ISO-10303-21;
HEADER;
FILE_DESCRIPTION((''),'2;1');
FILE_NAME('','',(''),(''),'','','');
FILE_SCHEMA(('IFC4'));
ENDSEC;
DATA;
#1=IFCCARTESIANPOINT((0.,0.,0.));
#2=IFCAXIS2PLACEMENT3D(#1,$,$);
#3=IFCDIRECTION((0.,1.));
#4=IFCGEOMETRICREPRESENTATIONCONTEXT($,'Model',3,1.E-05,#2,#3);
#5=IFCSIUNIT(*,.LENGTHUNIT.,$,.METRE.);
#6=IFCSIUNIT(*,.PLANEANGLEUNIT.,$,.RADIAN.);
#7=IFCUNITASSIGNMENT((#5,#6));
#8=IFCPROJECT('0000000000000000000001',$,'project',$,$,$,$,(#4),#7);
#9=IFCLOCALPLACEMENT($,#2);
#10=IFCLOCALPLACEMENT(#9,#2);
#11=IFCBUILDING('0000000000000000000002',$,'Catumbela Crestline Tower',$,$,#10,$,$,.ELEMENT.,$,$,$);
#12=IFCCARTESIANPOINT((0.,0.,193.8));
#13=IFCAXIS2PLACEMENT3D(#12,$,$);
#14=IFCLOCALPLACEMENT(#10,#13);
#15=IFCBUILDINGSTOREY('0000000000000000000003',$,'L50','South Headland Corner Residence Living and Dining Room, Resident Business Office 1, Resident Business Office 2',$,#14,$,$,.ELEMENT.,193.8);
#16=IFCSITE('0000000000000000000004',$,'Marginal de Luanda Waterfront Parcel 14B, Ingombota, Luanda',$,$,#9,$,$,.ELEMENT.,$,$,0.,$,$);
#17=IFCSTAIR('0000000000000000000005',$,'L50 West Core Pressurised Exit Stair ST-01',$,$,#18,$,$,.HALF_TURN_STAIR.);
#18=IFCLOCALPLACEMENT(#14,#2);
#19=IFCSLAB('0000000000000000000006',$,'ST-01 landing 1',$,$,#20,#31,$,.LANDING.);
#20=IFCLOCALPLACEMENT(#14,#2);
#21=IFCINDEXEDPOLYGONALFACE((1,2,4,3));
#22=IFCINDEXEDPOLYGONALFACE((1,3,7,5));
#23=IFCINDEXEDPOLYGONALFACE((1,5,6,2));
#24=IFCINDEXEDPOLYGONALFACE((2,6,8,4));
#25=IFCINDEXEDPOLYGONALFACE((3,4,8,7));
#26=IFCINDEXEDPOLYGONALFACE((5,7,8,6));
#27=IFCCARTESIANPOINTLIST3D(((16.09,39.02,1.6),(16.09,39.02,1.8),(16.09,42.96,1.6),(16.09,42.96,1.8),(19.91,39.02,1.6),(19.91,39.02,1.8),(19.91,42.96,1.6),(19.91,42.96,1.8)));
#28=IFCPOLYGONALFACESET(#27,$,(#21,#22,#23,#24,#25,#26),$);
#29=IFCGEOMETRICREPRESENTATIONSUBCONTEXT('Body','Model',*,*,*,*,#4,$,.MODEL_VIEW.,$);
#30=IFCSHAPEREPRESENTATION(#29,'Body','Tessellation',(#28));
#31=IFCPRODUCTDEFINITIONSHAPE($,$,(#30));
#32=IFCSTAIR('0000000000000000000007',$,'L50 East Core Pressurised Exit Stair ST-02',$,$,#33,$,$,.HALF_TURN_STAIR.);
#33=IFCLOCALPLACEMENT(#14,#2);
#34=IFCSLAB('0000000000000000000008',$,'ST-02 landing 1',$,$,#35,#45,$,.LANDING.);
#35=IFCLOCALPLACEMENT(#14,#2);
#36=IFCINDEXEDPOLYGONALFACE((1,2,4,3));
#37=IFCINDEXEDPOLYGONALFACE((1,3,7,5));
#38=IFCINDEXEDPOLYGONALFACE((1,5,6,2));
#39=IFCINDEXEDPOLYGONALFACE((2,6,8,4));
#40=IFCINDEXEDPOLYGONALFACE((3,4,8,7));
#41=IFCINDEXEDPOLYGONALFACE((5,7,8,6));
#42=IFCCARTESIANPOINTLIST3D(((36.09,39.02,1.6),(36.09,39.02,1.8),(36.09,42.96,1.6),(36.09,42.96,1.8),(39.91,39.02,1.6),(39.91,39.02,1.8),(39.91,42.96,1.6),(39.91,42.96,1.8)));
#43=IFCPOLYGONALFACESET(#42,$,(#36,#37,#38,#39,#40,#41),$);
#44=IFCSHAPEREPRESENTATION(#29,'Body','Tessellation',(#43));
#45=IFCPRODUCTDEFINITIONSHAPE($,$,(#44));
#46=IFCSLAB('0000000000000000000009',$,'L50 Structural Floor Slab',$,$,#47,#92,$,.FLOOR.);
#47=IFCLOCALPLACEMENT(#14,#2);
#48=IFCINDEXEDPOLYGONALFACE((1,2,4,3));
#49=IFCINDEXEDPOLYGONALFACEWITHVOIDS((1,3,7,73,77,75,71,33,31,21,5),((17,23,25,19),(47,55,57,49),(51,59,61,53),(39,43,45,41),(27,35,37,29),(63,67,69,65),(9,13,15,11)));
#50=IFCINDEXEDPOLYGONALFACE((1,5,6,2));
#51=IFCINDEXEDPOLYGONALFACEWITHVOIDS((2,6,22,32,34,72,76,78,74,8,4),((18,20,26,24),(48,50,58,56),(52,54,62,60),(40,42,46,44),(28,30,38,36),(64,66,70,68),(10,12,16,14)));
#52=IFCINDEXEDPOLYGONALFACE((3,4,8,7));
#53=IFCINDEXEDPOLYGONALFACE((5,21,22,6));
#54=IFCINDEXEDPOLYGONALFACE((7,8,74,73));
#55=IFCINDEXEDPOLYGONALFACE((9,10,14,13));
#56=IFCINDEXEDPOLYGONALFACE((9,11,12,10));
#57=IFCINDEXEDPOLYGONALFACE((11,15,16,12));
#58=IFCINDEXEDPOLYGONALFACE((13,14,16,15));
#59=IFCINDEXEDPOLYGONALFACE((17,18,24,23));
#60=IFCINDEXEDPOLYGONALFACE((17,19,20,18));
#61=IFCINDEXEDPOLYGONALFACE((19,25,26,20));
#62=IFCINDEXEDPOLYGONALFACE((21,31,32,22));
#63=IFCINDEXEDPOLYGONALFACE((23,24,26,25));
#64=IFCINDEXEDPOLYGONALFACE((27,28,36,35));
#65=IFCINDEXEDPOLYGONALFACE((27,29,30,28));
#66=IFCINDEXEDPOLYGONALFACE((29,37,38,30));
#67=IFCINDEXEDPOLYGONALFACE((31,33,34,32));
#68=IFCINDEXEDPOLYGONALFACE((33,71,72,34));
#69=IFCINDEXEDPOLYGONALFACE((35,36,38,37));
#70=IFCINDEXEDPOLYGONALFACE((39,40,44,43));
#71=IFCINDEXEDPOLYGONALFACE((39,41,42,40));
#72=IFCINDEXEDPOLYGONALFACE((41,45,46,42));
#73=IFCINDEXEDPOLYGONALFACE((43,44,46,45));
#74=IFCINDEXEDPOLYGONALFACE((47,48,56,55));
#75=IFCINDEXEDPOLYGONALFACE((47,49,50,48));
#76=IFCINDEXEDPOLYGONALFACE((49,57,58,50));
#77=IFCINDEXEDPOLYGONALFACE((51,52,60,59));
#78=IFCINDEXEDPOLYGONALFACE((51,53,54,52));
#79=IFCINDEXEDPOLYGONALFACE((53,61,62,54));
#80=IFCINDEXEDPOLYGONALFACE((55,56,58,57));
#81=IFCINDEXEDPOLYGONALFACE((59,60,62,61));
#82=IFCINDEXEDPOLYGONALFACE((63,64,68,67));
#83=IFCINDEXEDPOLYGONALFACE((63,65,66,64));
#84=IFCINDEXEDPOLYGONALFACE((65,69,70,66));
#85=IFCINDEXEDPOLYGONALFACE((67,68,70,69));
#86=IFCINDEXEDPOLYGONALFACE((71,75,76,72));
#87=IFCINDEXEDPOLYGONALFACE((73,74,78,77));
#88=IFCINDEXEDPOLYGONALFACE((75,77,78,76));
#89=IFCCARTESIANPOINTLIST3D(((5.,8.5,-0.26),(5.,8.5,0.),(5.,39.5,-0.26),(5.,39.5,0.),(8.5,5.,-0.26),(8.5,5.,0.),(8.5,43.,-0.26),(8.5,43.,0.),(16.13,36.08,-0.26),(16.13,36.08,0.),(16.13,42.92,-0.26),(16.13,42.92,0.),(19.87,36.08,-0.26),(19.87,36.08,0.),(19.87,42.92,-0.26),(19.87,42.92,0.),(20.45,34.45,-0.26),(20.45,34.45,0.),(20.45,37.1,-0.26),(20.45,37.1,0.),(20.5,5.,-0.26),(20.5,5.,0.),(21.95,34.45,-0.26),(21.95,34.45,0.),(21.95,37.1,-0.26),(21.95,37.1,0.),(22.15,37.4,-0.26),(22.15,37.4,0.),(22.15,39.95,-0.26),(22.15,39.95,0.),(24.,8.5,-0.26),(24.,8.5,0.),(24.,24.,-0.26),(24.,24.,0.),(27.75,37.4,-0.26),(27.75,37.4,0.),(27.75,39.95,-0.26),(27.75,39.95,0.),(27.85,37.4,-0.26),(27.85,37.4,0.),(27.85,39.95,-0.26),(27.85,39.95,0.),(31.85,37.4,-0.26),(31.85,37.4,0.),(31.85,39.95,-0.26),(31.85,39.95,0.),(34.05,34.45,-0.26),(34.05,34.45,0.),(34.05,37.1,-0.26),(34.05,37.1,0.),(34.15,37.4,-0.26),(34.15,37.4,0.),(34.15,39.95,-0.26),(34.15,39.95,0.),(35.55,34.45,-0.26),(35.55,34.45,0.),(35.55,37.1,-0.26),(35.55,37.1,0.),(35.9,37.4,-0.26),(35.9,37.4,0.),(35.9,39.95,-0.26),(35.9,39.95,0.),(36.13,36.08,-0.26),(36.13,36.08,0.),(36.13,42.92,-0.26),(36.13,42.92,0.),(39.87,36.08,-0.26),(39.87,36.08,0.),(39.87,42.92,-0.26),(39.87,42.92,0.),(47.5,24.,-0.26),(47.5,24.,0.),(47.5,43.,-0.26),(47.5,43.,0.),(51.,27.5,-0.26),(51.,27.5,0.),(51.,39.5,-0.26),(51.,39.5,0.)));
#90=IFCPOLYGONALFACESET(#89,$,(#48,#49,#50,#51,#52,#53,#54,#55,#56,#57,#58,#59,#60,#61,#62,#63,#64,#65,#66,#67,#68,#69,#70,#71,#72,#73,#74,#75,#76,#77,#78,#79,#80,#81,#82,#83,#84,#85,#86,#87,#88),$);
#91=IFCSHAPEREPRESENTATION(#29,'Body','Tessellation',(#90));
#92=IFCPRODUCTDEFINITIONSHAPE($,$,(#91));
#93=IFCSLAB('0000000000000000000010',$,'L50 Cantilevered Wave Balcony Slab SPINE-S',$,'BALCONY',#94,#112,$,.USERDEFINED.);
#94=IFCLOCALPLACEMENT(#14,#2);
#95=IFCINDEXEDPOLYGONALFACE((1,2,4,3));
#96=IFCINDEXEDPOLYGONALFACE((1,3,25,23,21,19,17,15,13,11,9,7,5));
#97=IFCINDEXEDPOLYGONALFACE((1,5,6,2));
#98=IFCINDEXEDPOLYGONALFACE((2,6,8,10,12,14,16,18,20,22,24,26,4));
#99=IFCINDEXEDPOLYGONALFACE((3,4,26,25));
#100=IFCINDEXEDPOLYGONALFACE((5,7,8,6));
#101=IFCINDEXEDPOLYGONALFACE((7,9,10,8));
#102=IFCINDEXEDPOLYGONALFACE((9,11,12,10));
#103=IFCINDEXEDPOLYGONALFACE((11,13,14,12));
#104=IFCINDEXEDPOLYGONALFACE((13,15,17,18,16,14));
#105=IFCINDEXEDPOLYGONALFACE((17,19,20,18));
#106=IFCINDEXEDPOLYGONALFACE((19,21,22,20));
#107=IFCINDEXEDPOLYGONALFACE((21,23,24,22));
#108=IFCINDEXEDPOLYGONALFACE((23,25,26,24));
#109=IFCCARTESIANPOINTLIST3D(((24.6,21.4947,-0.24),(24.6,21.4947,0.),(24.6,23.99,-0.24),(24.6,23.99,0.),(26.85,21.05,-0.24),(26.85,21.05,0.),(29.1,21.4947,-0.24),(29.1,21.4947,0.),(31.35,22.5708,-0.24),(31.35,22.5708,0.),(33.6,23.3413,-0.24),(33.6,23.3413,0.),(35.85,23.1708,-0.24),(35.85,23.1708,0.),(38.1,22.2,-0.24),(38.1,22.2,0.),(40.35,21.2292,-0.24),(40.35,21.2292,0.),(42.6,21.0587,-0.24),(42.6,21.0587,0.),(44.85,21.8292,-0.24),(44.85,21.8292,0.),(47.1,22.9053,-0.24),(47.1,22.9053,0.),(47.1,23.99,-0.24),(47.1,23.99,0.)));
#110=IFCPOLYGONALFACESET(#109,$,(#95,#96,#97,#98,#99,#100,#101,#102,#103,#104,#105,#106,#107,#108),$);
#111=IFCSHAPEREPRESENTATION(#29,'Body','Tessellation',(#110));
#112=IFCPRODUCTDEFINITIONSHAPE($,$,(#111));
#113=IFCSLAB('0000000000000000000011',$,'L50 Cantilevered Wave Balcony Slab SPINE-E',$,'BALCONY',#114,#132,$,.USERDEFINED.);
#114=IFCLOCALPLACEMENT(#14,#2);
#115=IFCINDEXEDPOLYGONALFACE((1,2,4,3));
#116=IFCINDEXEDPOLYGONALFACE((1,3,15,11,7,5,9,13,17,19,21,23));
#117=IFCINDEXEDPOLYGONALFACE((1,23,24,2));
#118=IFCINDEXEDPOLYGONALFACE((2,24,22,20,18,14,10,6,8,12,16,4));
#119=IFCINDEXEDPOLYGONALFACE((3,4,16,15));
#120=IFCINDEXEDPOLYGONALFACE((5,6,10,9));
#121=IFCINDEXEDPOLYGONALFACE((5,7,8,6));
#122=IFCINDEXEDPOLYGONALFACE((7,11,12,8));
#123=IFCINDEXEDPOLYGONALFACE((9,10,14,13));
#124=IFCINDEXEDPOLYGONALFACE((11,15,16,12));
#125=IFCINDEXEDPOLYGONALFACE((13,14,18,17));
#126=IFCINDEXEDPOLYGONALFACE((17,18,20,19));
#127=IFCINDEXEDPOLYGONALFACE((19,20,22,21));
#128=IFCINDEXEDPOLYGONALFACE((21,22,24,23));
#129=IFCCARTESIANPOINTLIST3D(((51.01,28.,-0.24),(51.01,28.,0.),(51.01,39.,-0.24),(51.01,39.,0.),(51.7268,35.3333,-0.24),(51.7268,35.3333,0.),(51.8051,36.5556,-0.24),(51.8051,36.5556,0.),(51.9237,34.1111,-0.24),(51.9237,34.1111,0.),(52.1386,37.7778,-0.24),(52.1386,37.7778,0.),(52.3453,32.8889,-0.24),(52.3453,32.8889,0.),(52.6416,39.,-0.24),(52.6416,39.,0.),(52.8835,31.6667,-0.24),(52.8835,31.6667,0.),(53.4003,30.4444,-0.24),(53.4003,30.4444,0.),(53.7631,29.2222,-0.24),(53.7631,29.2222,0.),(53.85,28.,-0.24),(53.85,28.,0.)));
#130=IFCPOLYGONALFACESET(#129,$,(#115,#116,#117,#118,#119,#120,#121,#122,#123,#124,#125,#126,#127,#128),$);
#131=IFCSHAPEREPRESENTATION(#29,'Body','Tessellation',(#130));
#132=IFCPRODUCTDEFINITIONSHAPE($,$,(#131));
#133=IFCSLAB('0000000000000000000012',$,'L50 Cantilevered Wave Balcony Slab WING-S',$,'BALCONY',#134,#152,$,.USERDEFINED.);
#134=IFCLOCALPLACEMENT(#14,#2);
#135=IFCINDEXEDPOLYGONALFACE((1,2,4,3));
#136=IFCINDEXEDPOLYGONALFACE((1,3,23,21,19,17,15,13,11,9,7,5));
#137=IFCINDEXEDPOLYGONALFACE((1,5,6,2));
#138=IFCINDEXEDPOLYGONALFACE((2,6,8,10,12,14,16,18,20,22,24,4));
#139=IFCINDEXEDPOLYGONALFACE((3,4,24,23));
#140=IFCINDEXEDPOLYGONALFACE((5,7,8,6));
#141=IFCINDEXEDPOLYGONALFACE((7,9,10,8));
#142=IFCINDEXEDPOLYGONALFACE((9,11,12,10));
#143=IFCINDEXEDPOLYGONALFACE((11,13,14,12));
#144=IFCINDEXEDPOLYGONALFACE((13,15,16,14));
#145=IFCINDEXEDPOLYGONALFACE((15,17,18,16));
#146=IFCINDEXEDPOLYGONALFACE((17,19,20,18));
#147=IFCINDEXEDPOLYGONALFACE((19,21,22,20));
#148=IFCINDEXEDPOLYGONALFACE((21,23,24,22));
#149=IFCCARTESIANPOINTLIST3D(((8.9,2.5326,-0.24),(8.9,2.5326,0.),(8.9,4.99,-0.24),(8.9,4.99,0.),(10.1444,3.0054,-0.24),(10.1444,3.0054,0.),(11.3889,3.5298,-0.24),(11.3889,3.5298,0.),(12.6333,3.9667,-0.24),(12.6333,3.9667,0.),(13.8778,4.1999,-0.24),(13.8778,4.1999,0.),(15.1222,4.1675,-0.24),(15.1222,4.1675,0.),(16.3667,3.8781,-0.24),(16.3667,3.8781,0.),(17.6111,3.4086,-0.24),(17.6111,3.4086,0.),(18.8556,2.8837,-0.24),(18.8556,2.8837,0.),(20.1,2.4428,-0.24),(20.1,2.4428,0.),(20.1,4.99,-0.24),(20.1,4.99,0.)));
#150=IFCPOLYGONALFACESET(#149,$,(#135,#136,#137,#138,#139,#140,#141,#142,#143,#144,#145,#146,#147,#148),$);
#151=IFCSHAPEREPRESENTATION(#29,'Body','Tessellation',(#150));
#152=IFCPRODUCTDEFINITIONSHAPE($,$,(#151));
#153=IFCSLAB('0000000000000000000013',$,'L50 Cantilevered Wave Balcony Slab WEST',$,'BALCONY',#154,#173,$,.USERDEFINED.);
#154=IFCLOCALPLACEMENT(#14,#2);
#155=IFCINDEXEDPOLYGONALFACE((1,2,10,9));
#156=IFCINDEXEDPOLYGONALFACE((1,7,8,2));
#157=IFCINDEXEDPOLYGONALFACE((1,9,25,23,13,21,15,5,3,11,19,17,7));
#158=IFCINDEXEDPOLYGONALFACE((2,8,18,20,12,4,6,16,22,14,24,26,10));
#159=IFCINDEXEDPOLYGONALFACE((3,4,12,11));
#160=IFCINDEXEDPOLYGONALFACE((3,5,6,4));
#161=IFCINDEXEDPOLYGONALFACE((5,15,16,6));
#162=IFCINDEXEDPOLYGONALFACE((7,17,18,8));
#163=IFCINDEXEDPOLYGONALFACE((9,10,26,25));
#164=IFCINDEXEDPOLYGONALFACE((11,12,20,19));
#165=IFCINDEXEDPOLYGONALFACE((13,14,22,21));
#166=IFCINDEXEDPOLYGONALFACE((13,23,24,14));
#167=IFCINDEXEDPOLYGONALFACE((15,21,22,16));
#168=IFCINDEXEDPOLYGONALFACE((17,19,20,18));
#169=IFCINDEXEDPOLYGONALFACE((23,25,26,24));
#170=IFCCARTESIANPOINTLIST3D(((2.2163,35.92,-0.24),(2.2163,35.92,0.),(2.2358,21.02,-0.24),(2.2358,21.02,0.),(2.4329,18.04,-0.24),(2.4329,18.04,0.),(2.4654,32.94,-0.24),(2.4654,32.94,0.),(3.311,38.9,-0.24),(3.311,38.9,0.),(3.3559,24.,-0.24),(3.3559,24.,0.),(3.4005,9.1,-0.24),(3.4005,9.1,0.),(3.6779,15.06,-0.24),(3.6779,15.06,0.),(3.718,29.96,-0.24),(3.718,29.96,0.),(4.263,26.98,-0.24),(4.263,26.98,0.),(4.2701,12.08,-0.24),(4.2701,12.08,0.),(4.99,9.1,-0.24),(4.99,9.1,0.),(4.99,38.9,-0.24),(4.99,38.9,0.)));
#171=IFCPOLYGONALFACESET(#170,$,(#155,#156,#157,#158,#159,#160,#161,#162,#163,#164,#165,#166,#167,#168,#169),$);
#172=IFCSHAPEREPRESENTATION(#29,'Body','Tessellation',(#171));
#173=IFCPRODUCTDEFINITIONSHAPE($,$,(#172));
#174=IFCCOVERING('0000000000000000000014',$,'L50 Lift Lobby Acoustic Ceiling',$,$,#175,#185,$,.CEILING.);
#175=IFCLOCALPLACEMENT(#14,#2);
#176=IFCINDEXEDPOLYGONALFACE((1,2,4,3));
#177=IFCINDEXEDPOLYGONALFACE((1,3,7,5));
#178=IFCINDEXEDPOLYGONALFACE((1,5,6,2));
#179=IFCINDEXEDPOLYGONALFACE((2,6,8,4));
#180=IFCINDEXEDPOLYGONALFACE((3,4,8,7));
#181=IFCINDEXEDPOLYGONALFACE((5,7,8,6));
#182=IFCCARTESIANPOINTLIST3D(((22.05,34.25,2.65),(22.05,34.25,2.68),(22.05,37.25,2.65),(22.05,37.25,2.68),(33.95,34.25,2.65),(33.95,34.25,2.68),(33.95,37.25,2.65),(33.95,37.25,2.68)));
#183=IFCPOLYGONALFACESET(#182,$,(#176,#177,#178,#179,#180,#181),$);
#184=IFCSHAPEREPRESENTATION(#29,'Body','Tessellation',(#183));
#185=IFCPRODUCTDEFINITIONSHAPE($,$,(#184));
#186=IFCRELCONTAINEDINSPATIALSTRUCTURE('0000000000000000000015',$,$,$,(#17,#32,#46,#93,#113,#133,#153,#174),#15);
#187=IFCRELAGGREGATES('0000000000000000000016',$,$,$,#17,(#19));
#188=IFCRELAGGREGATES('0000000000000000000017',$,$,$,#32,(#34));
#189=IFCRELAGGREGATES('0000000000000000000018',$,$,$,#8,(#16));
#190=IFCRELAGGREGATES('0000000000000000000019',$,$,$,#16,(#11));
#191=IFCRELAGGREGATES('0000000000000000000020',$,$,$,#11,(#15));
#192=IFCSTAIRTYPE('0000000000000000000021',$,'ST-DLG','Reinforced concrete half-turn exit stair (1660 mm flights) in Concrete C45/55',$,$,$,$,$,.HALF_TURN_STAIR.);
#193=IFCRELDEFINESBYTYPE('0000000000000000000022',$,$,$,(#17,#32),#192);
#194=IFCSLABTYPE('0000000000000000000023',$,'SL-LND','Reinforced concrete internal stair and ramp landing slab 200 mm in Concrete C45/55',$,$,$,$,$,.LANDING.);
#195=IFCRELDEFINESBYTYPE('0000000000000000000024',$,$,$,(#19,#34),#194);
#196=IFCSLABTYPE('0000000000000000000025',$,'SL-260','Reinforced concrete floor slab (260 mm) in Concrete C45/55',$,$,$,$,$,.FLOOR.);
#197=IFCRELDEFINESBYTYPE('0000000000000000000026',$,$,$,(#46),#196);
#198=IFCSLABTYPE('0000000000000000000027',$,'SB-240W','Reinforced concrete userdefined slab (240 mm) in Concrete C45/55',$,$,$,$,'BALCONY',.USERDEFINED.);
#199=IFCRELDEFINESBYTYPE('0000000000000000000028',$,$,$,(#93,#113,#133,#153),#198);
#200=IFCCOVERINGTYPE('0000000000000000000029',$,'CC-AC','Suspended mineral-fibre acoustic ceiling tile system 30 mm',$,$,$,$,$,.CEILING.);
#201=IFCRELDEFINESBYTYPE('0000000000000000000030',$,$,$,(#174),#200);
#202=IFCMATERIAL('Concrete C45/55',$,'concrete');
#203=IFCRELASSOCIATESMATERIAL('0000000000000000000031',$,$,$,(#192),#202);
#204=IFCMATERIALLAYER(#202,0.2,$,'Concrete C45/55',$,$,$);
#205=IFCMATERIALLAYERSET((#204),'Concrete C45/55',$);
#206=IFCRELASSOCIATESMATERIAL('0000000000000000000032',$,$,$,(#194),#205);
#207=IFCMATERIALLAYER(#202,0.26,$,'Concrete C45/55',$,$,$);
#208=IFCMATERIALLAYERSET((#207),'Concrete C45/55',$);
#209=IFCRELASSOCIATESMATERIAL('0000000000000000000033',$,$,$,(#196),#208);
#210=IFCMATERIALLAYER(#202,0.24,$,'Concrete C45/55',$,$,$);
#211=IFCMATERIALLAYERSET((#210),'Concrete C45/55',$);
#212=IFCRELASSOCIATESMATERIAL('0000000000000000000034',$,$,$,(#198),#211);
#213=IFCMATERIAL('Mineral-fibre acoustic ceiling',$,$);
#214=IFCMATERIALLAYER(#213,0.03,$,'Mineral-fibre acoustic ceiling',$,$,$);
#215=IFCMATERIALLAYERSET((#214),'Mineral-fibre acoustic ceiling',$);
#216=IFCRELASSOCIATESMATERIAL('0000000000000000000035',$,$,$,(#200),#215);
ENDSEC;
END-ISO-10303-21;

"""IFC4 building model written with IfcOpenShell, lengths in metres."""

from ifc_helpers import new_model, si_unit, direction, frame, origin, place, context, subcontext, project, spatial, polyline, outline, extrude, material, layer, layer_set, type_object, element, aggregate, save


model = new_model("IFC4")

# Units and contexts
model_context = context("Model", 3, precision=1e-05, world=origin(), true_north=direction((0.0, 1.0)))
body_context = subcontext(model_context, "Body", "Model", "MODEL_VIEW")
ifc_project = project(units=[si_unit("LENGTHUNIT", "METRE"), si_unit("PLANEANGLEUNIT", "RADIAN")], contexts=[model_context])

# Site, building, storey
site_placement = place(None, origin())
site = spatial("IfcSite", under=ifc_project, at=site_placement, Name="Marginal de Luanda Waterfront Parcel 14B, Ingombota, Luanda", CompositionType="ELEMENT", RefElevation=0.0)
building_placement = place(site_placement, origin())
building = spatial("IfcBuilding", under=site, at=building_placement, Name="Catumbela Crestline Tower", CompositionType="ELEMENT")
storey_placement = place(building_placement, frame((0.0, 0.0, 193.8)))
storey = spatial("IfcBuildingStorey", under=building, at=storey_placement, Name="L50", Description="South Headland Corner Residence Living and Dining Room, Resident Business Office 1, Resident Business Office 2", CompositionType="ELEMENT", Elevation=193.8)

# Stairs, slabs
ifc_material_1 = material(Name="Concrete C45/55", Category="concrete")
stair_type = type_object("IfcStairType", Name="ST-DLG", Description="Reinforced concrete half-turn exit stair (1660 mm flights) in Concrete C45/55", PredefinedType="HALF_TURN_STAIR", material=ifc_material_1)
stair_1_placement = place(storey_placement, origin())
stair_1 = element("IfcStair", 1, at=stair_1_placement, inside=storey, type_object=stair_type, Name="L50 West Core Pressurised Exit Stair ST-01", PredefinedType="HALF_TURN_STAIR")
ifc_layer_1 = layer(ifc_material_1, 0.2, Name="Concrete C45/55")
ifc_layer_set_1 = layer_set([ifc_layer_1], Name="Concrete C45/55")
slab_type_1 = type_object("IfcSlabType", Name="SL-LND", Description="Reinforced concrete internal stair and ramp landing slab 200 mm in Concrete C45/55", PredefinedType="LANDING", material=ifc_layer_set_1)
slab_1_placement = place(storey_placement, frame((0.0, 0.0, 1.6)))
slab_1 = element("IfcSlab", 2, at=slab_1_placement, type_object=slab_type_1, Name="ST-01 landing 1", PredefinedType="LANDING", context=body_context, shape_type="SweptSolid", body=[
    extrude(outline(polyline([(19.91, 39.02), (19.91, 42.96), (16.09, 42.96), (16.09, 39.02), (19.91, 39.02)])), origin(), (0.0, 0.0, 1.0), 0.2),
])
aggregate(stair_1, [slab_1])
stair_2_placement = place(storey_placement, origin())
stair_2 = element("IfcStair", 3, at=stair_2_placement, inside=storey, type_object=stair_type, Name="L50 East Core Pressurised Exit Stair ST-02", PredefinedType="HALF_TURN_STAIR")
slab_2_placement = place(storey_placement, frame((0.0, 0.0, 1.6)))
slab_2 = element("IfcSlab", 4, at=slab_2_placement, type_object=slab_type_1, Name="ST-02 landing 1", PredefinedType="LANDING", context=body_context, shape_type="SweptSolid", body=[
    extrude(outline(polyline([(39.91, 39.02), (39.91, 42.96), (36.09, 42.96), (36.09, 39.02), (39.91, 39.02)])), origin(), (0.0, 0.0, 1.0), 0.2),
])
aggregate(stair_2, [slab_2])

# Slabs
ifc_layer_2 = layer(ifc_material_1, 0.26, Name="Concrete C45/55")
ifc_layer_set_2 = layer_set([ifc_layer_2], Name="Concrete C45/55")
slab_type_2 = type_object("IfcSlabType", Name="SL-260", Description="Reinforced concrete floor slab (260 mm) in Concrete C45/55", PredefinedType="FLOOR", material=ifc_layer_set_2)
slab_3_placement = place(storey_placement, frame((0.0, 0.0, -0.26)))
element("IfcSlab", 5, at=slab_3_placement, inside=storey, type_object=slab_type_2, Name="L50 Structural Floor Slab", PredefinedType="FLOOR", context=body_context, shape_type="SweptSolid", body=[
    extrude(outline(polyline([(8.5, 5.0), (20.5, 5.0), (24.0, 8.5), (24.0, 24.0), (47.5, 24.0), (51.0, 27.5), (51.0, 39.5), (47.5, 43.0), (8.5, 43.0), (5.0, 39.5), (5.0, 8.5), (8.5, 5.0)]), holes=[polyline([(16.13, 36.08), (19.87, 36.08), (19.87, 42.92), (16.13, 42.92), (16.13, 36.08)]), polyline([(36.13, 36.08), (39.87, 36.08), (39.87, 42.92), (36.13, 42.92), (36.13, 36.08)]), polyline([(22.15, 37.4), (27.75, 37.4), (27.75, 39.95), (22.15, 39.95), (22.15, 37.4)]), polyline([(27.85, 37.4), (31.85, 37.4), (31.85, 39.95), (27.85, 39.95), (27.85, 37.4)]), polyline([(20.45, 34.45), (21.95, 34.45), (21.95, 37.1), (20.45, 37.1), (20.45, 34.45)]), polyline([(34.05, 34.45), (35.55, 34.45), (35.55, 37.1), (34.05, 37.1), (34.05, 34.45)]), polyline([(34.15, 37.4), (35.9, 37.4), (35.9, 39.95), (34.15, 39.95), (34.15, 37.4)])]), origin(), (0.0, 0.0, 1.0), 0.26),
])
ifc_layer_3 = layer(ifc_material_1, 0.24, Name="Concrete C45/55")
ifc_layer_set_3 = layer_set([ifc_layer_3], Name="Concrete C45/55")
slab_type_3 = type_object("IfcSlabType", Name="SB-240W", Description="Reinforced concrete userdefined slab (240 mm) in Concrete C45/55", ElementType="BALCONY", PredefinedType="USERDEFINED", material=ifc_layer_set_3)
slab_4_placement = place(storey_placement, frame((0.0, 0.0, -0.24)))
element("IfcSlab", 6, at=slab_4_placement, inside=storey, type_object=slab_type_3, Name="L50 Cantilevered Wave Balcony Slab SPINE-S", ObjectType="BALCONY", PredefinedType="USERDEFINED", context=body_context, shape_type="SweptSolid", body=[
    extrude(outline(polyline([(24.6, 21.4947), (26.85, 21.05), (29.1, 21.4947), (31.35, 22.5708), (33.6, 23.3413), (35.85, 23.1708), (38.1, 22.2), (40.35, 21.2292), (42.6, 21.0587), (44.85, 21.8292), (47.1, 22.9053), (47.1, 23.99), (24.6, 23.99), (24.6, 21.4947)])), origin(), (0.0, 0.0, 1.0), 0.24),
])
slab_5_placement = place(storey_placement, frame((0.0, 0.0, -0.24)))
element("IfcSlab", 7, at=slab_5_placement, inside=storey, type_object=slab_type_3, Name="L50 Cantilevered Wave Balcony Slab SPINE-E", ObjectType="BALCONY", PredefinedType="USERDEFINED", context=body_context, shape_type="SweptSolid", body=[
    extrude(outline(polyline([(51.01, 28.0), (53.85, 28.0), (53.7631, 29.2222), (53.4003, 30.4444), (52.8835, 31.6667), (52.3453, 32.8889), (51.9237, 34.1111), (51.7268, 35.3333), (51.8051, 36.5556), (52.1386, 37.7778), (52.6416, 39.0), (51.01, 39.0), (51.01, 28.0)])), origin(), (0.0, 0.0, 1.0), 0.24),
])
slab_6_placement = place(storey_placement, frame((0.0, 0.0, -0.24)))
element("IfcSlab", 8, at=slab_6_placement, inside=storey, type_object=slab_type_3, Name="L50 Cantilevered Wave Balcony Slab WING-S", ObjectType="BALCONY", PredefinedType="USERDEFINED", context=body_context, shape_type="SweptSolid", body=[
    extrude(outline(polyline([(8.9, 2.5326), (10.1444, 3.0054), (11.3889, 3.5298), (12.6333, 3.9667), (13.8778, 4.1999), (15.1222, 4.1675), (16.3667, 3.8781), (17.6111, 3.4086), (18.8556, 2.8837), (20.1, 2.4428), (20.1, 4.99), (8.9, 4.99), (8.9, 2.5326)])), origin(), (0.0, 0.0, 1.0), 0.24),
])
slab_7_placement = place(storey_placement, frame((0.0, 0.0, -0.24)))
element("IfcSlab", 9, at=slab_7_placement, inside=storey, type_object=slab_type_3, Name="L50 Cantilevered Wave Balcony Slab WEST", ObjectType="BALCONY", PredefinedType="USERDEFINED", context=body_context, shape_type="SweptSolid", body=[
    extrude(outline(polyline([(4.99, 38.9), (3.311, 38.9), (2.2163, 35.92), (2.4654, 32.94), (3.718, 29.96), (4.263, 26.98), (3.3559, 24.0), (2.2358, 21.02), (2.4329, 18.04), (3.6779, 15.06), (4.2701, 12.08), (3.4005, 9.1), (4.99, 9.1), (4.99, 38.9)])), origin(), (0.0, 0.0, 1.0), 0.24),
])

# Covering
ifc_material_2 = material(Name="Mineral-fibre acoustic ceiling")
ifc_layer_4 = layer(ifc_material_2, 0.03, Name="Mineral-fibre acoustic ceiling")
ifc_layer_set_4 = layer_set([ifc_layer_4], Name="Mineral-fibre acoustic ceiling")
covering_type_1 = type_object("IfcCoveringType", Name="CC-AC", Description="Suspended mineral-fibre acoustic ceiling tile system 30 mm", PredefinedType="CEILING", material=ifc_layer_set_4)
covering_1_placement = place(storey_placement, frame((0.0, 0.0, 2.65)))
element("IfcCovering", 10, at=covering_1_placement, inside=storey, type_object=covering_type_1, Name="L50 Lift Lobby Acoustic Ceiling", PredefinedType="CEILING", context=body_context, shape_type="SweptSolid", body=[
    extrude(outline(polyline([(22.05, 34.25), (33.95, 34.25), (33.95, 37.25), (22.05, 37.25), (22.05, 34.25)])), origin(), (0.0, 0.0, 1.0), 0.03),
])

save(model, "model.ifc")
